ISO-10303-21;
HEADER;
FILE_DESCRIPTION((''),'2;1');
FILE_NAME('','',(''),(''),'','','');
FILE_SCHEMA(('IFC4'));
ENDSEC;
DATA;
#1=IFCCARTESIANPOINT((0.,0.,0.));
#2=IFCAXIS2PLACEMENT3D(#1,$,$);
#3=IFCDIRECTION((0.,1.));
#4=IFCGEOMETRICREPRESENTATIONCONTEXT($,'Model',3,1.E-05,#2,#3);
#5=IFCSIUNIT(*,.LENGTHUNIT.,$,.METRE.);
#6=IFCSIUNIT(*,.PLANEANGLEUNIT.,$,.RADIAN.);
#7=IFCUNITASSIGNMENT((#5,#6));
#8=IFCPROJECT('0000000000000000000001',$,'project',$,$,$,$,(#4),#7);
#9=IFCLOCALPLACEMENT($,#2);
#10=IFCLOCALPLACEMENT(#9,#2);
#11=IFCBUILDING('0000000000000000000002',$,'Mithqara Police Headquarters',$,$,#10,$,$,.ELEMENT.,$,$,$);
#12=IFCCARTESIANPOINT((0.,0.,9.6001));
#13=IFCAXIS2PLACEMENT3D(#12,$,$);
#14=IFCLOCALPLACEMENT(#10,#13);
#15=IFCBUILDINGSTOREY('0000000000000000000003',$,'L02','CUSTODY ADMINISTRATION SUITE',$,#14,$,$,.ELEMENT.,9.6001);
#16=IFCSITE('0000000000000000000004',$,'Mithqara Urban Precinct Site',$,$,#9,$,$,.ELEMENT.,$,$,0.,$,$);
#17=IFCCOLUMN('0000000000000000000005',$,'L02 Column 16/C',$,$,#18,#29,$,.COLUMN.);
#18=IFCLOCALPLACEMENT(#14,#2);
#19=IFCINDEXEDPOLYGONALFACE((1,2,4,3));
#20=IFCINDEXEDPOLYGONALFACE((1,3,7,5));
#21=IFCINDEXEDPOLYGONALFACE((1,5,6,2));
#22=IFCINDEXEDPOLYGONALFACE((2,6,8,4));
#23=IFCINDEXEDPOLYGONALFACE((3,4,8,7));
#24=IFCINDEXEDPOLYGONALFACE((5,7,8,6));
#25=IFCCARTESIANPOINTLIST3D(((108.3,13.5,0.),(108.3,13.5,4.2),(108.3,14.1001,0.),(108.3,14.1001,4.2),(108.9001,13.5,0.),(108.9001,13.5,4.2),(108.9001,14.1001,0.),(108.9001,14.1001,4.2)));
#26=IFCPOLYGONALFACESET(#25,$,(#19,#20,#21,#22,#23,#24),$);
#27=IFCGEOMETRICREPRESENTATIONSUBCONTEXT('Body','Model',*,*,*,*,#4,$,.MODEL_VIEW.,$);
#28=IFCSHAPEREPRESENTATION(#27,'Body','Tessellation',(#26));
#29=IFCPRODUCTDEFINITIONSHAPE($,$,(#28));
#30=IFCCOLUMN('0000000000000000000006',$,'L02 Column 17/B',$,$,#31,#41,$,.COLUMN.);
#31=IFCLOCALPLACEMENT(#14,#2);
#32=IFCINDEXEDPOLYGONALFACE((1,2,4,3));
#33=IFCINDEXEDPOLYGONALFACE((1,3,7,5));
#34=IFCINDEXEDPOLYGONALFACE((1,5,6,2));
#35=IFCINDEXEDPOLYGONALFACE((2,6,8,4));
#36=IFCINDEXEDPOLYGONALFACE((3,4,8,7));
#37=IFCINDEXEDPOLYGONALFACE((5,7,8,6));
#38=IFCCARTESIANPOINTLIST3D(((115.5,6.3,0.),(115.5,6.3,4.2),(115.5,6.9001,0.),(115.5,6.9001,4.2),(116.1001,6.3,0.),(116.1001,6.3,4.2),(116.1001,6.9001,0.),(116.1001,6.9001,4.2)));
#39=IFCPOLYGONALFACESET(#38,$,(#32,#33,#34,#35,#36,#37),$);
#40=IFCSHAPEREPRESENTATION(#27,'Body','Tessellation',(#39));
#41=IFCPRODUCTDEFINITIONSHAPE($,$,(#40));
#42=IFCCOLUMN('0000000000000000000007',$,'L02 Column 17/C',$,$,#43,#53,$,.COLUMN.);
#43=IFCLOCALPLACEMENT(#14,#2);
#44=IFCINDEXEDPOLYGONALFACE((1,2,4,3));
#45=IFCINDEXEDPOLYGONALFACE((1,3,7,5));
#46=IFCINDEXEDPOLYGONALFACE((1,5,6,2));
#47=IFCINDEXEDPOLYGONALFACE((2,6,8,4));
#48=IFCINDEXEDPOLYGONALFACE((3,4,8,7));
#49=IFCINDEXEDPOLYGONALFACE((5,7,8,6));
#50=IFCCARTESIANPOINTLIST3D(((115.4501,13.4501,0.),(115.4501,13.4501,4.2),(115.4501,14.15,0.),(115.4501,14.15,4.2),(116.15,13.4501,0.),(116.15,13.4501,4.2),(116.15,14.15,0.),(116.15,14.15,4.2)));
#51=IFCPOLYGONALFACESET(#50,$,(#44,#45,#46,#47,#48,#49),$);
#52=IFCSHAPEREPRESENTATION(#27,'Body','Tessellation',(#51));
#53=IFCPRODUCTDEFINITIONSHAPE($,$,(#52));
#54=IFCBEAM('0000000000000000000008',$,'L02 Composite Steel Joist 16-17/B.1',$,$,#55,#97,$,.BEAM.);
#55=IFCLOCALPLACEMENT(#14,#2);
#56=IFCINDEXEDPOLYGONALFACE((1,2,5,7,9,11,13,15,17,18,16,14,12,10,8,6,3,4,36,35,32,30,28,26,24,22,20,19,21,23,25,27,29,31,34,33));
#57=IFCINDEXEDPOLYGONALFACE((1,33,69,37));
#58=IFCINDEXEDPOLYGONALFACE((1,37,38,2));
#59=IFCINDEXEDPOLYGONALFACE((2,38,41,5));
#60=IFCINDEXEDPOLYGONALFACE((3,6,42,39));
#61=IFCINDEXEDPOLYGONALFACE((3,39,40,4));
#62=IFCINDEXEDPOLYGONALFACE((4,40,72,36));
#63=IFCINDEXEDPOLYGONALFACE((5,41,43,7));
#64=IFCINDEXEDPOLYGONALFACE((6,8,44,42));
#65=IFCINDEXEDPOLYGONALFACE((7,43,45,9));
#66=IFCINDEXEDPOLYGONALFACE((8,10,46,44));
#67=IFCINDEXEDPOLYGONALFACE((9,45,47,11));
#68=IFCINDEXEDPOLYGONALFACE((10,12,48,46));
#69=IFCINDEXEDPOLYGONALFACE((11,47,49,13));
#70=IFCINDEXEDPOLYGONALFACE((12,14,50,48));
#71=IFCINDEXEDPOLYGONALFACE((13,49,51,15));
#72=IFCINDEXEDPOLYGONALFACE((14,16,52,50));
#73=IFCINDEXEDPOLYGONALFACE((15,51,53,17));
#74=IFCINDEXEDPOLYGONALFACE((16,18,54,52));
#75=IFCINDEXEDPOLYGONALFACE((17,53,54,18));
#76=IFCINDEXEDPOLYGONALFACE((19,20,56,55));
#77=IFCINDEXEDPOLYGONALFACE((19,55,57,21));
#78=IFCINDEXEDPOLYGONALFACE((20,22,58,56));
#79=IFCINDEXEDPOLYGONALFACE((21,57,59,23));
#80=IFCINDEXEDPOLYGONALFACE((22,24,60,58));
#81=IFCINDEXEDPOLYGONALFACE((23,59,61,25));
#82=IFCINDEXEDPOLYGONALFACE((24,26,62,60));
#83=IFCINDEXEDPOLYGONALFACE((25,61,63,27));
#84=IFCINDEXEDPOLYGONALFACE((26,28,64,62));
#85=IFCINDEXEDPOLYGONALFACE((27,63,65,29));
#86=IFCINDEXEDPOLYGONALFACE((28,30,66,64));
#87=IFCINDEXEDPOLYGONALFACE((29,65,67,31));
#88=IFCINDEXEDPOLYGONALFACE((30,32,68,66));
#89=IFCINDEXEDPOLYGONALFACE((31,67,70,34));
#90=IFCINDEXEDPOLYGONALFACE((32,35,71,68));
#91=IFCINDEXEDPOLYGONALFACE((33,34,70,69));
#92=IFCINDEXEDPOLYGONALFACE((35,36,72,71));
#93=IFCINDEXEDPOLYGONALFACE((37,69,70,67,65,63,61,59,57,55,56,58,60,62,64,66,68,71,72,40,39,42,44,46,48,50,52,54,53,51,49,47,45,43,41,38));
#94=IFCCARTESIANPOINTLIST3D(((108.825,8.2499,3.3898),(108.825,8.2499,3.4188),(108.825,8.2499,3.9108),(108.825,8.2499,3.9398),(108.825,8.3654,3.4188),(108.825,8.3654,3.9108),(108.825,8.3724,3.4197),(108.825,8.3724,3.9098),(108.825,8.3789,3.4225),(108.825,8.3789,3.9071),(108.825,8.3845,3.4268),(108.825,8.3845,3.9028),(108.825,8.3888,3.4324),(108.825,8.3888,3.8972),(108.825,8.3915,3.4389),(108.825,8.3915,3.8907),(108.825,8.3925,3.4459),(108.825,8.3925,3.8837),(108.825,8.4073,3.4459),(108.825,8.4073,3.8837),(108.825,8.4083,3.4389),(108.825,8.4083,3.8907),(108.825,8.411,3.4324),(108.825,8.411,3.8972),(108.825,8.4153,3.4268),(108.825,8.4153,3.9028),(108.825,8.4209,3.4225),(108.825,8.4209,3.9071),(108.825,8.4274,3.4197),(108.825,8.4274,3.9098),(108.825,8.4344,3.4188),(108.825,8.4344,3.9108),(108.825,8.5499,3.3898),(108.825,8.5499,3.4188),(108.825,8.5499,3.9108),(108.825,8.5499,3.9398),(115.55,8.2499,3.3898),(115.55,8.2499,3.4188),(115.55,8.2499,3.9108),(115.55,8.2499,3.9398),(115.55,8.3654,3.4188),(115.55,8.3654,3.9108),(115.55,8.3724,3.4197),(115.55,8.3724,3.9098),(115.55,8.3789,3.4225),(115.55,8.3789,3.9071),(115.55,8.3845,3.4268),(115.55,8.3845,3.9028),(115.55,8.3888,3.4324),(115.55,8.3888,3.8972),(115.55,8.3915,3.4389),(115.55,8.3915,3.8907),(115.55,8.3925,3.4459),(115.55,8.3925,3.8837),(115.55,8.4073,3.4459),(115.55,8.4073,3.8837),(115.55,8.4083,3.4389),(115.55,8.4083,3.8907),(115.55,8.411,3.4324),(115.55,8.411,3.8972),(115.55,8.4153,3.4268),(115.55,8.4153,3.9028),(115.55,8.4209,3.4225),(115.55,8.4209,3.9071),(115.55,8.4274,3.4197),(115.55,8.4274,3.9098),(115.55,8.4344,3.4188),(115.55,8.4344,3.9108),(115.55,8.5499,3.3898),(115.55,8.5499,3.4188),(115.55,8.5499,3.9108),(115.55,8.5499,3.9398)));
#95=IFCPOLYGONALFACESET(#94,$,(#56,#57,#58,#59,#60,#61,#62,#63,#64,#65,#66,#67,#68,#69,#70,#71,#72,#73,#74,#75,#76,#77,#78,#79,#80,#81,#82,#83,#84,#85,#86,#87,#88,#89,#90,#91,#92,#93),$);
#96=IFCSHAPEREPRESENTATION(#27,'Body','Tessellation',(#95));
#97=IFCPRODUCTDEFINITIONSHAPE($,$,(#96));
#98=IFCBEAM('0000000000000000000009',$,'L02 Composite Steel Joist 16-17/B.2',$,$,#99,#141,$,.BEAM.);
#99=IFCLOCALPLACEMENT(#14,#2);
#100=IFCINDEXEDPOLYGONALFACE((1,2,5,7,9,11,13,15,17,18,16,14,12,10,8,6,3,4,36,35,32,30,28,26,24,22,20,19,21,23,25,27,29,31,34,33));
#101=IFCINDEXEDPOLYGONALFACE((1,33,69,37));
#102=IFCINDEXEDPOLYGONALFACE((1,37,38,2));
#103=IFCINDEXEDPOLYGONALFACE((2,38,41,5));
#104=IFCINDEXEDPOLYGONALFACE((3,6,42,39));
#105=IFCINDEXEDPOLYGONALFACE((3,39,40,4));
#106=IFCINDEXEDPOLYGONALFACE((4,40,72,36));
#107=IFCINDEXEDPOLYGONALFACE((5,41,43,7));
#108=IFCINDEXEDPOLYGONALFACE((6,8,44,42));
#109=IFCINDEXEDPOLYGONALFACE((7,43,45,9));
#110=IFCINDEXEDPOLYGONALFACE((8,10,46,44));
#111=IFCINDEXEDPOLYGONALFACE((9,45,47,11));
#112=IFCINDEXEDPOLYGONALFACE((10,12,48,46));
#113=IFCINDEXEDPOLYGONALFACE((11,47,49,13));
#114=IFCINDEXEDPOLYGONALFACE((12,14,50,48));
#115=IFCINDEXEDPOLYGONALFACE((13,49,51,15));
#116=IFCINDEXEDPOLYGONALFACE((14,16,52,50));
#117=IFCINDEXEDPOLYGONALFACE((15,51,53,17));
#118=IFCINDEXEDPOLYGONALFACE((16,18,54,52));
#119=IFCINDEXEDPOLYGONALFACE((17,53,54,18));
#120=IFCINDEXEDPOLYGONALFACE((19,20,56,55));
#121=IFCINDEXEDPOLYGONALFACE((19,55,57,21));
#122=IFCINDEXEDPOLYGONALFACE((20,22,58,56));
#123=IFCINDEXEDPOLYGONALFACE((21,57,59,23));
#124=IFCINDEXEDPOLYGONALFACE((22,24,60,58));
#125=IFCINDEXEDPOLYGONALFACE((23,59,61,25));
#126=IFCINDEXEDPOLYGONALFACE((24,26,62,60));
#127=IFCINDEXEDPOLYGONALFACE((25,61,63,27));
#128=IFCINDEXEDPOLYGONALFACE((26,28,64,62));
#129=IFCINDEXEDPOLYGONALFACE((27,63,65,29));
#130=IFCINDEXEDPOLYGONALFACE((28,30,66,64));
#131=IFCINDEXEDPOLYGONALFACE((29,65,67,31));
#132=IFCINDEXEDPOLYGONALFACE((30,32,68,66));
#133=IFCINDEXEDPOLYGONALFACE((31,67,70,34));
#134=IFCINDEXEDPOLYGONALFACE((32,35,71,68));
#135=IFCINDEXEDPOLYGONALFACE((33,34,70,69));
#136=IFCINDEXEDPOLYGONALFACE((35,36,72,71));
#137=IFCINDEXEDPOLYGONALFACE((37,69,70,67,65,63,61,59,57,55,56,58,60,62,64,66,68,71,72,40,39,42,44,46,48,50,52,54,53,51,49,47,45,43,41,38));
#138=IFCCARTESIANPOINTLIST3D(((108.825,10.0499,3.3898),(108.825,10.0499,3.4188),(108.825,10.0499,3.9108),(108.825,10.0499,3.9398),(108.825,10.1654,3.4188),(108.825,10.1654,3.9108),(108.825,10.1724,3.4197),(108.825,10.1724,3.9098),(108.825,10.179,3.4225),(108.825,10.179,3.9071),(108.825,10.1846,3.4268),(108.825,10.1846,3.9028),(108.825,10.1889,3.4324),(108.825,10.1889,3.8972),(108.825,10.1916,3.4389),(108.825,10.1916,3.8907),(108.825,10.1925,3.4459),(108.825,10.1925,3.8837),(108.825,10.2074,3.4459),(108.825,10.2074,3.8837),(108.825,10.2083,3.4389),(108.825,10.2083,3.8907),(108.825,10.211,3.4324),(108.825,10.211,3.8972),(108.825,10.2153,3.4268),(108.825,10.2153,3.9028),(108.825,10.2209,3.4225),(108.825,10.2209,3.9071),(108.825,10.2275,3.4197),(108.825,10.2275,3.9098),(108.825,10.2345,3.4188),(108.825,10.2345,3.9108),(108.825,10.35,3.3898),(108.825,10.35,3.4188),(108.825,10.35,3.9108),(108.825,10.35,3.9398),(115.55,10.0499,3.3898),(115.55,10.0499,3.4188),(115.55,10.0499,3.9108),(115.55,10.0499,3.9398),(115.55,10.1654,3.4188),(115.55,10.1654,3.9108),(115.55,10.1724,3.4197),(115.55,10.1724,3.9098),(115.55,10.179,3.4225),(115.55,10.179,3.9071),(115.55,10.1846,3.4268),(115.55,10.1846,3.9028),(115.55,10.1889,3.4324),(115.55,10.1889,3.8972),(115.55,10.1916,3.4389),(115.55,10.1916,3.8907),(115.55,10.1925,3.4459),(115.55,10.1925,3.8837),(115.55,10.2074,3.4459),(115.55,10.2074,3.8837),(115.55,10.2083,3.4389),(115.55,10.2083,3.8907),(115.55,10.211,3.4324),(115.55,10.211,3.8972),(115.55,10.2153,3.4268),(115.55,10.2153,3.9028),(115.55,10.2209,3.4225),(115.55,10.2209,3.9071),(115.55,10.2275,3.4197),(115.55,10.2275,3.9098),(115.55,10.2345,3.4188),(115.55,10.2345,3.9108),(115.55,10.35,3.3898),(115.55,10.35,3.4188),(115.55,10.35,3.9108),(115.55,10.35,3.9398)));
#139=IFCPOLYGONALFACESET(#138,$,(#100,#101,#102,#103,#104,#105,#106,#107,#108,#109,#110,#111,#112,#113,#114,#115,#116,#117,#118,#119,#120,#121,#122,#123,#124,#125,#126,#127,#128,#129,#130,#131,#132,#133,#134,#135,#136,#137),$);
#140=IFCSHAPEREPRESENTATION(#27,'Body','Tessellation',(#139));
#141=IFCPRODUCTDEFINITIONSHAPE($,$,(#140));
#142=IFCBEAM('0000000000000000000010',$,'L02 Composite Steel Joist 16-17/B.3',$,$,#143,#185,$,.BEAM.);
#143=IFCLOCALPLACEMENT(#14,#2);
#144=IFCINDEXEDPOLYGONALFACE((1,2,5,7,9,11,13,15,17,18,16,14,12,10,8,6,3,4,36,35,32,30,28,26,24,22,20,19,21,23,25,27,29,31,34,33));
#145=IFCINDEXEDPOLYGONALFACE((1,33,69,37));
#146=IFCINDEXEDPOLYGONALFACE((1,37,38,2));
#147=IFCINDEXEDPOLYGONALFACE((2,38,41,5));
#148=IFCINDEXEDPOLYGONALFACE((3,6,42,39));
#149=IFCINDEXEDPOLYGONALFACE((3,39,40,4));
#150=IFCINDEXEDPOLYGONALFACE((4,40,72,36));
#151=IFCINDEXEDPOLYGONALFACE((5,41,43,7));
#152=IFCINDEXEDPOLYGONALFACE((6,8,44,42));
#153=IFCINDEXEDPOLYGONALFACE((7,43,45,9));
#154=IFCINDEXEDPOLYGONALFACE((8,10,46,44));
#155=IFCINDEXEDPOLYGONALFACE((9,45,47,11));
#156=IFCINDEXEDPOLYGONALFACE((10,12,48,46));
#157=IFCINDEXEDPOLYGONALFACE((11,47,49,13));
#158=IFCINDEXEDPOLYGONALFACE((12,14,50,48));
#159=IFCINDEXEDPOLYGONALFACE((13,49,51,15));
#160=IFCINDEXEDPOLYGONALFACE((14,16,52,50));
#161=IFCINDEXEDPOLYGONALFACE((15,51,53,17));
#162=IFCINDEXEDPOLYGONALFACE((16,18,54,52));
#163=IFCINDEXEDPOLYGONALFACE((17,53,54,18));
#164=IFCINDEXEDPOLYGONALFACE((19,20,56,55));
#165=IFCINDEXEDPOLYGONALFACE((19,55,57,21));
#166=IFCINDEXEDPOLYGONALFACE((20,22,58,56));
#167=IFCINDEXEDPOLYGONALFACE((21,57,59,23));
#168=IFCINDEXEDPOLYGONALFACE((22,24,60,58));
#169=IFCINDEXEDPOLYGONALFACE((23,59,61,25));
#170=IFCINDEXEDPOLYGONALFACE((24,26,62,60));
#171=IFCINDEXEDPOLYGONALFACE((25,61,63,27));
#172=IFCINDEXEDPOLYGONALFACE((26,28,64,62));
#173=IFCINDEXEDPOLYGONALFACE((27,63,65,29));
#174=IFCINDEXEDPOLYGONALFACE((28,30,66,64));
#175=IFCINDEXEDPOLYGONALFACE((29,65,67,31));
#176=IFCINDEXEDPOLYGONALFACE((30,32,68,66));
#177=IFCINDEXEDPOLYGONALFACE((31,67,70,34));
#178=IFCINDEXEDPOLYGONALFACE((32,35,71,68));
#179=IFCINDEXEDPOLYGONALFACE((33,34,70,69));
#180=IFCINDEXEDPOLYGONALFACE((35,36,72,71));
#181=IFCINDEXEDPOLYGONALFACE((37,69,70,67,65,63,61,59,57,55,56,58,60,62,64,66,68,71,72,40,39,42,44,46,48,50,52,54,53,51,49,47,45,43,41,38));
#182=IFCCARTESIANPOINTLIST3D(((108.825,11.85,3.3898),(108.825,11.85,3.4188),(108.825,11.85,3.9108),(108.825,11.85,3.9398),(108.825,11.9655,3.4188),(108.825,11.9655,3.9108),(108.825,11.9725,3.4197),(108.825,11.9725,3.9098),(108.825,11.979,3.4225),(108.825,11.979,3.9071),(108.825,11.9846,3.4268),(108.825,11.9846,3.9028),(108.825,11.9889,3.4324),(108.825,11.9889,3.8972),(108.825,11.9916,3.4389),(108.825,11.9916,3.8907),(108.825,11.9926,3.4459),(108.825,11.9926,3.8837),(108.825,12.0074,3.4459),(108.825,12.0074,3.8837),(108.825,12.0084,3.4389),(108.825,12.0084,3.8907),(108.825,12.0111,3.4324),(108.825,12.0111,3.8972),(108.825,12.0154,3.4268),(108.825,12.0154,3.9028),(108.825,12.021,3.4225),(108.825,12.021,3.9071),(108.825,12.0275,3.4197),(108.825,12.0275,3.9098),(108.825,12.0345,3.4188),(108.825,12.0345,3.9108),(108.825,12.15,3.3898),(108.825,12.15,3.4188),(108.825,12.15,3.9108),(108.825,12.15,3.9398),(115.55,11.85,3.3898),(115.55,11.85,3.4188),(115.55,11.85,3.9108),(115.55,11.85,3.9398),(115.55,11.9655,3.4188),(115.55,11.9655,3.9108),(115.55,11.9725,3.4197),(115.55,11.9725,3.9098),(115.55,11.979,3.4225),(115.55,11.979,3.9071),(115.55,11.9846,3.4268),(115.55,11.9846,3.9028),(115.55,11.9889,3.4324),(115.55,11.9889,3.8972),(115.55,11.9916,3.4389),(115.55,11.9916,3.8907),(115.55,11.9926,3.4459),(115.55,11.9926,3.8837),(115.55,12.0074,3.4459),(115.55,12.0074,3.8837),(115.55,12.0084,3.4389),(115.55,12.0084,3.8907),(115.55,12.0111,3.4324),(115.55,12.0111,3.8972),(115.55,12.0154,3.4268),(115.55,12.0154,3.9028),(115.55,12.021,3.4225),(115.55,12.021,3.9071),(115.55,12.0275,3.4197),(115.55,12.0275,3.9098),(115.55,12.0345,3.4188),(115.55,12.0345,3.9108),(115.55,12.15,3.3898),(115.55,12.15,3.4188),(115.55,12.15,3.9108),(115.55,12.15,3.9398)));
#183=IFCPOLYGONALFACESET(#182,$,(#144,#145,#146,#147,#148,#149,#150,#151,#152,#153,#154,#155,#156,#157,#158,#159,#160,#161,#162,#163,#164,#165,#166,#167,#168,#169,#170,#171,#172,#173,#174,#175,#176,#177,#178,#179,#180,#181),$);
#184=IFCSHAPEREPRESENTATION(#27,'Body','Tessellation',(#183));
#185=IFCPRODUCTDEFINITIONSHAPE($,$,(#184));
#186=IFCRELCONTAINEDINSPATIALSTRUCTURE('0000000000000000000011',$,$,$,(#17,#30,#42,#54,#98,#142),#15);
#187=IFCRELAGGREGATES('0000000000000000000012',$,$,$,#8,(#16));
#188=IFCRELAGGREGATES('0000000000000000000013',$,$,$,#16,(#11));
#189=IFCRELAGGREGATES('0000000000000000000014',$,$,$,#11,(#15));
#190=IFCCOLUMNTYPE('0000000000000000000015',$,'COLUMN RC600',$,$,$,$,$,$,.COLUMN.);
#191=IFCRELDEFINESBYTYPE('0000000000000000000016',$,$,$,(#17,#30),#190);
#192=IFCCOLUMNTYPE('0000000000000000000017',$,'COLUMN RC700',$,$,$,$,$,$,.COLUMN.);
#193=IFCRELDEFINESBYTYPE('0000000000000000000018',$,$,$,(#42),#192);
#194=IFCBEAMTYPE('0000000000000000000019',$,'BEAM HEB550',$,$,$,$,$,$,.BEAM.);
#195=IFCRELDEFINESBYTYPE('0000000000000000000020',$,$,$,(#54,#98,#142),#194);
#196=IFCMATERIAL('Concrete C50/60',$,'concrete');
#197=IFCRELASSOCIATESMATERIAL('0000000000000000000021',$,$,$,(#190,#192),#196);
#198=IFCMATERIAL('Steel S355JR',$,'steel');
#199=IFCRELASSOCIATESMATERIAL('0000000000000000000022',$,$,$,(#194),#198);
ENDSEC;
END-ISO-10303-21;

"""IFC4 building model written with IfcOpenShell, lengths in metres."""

from ifc_helpers import new_model, si_unit, direction, frame, origin, origin_2d, place, context, subcontext, project, spatial, rectangle, i_section, extrude, material, material_profile, profile_set, type_object, element, save


model = new_model("IFC4")

# Units and contexts
model_context = context("Model", 3, precision=1e-05, world=origin(), true_north=direction((0.0, 1.0)))
body_context = subcontext(model_context, "Body", "Model", "MODEL_VIEW")
ifc_project = project(units=[si_unit("LENGTHUNIT", "METRE"), si_unit("PLANEANGLEUNIT", "RADIAN")], contexts=[model_context])

# Site, building, storey
site_placement = place(None, origin())
site = spatial("IfcSite", under=ifc_project, at=site_placement, Name="Mithqara Urban Precinct Site", CompositionType="ELEMENT", RefElevation=0.0)
building_placement = place(site_placement, origin())
building = spatial("IfcBuilding", under=site, at=building_placement, Name="Mithqara Police Headquarters", CompositionType="ELEMENT")
storey_placement = place(building_placement, frame((0.0, 0.0, 9.6001)))
storey = spatial("IfcBuildingStorey", under=building, at=storey_placement, Name="L02", Description="CUSTODY ADMINISTRATION SUITE", CompositionType="ELEMENT", Elevation=9.6001)

# Columns
ifc_material_1 = material(Name="Concrete C50/60", Category="concrete")
ifc_material_profile_1 = material_profile(ifc_material_1, rectangle(XDim=0.6001, YDim=0.6001, at=origin_2d()), Name="RC 600x600")
ifc_profile_set_1 = profile_set([ifc_material_profile_1], Name="Concrete C50/60")
column_type_1 = type_object("IfcColumnType", Name="COLUMN RC600", PredefinedType="COLUMN", material=ifc_profile_set_1)
for number, where, z_axis, x_axis, name in (
    (1, (108.6001, 13.8, 0.0), (0.0, 0.0, 1.0), (1.0, 0.0, 0.0), "L02 Column 16/C"),
    (2, (115.8, 6.6001, 0.0), (0.0, 0.0, 1.0), (1.0, 0.0, 0.0), "L02 Column 17/B"),
):
    element("IfcColumn", number, at=place(storey_placement, frame(where, z_axis=z_axis, x_axis=x_axis)), inside=storey, type_object=column_type_1, Name=name, PredefinedType="COLUMN", context=body_context, shape_type="SweptSolid", body=[
        extrude(rectangle(XDim=0.6001, YDim=0.6001, at=origin_2d()), origin(), (0.0, 0.0, 1.0), 4.2),
    ])
ifc_material_profile_2 = material_profile(ifc_material_1, rectangle(XDim=0.7, YDim=0.7, at=origin_2d()), Name="RC 700x700")
ifc_profile_set_2 = profile_set([ifc_material_profile_2], Name="Concrete C50/60")
column_type_2 = type_object("IfcColumnType", Name="COLUMN RC700", PredefinedType="COLUMN", material=ifc_profile_set_2)
column_placement = place(storey_placement, frame((115.8, 13.8, 0.0), z_axis=(0.0, 0.0, 1.0), x_axis=(1.0, 0.0, 0.0)))
element("IfcColumn", 3, at=column_placement, inside=storey, type_object=column_type_2, Name="L02 Column 17/C", PredefinedType="COLUMN", context=body_context, shape_type="SweptSolid", body=[
    extrude(rectangle(XDim=0.7, YDim=0.7, at=origin_2d()), origin(), (0.0, 0.0, 1.0), 4.2),
])

# Beams
ifc_material_2 = material(Name="Steel S355JR", Category="steel")
ifc_material_profile_3 = material_profile(ifc_material_2, i_section(OverallWidth=0.3, OverallDepth=0.55, WebThickness=0.0149, FlangeThickness=0.0291, FilletRadius=0.0271, at=origin_2d()), Name="HEB 550")
ifc_profile_set_3 = profile_set([ifc_material_profile_3], Name="Steel S355JR")
beam_type_1 = type_object("IfcBeamType", Name="BEAM HEB550", PredefinedType="BEAM", material=ifc_profile_set_3)
for number, where, z_axis, x_axis, name in (
    (4, (108.825, 8.3999, 3.6648), (1.0, 0.0, 0.0), (0.0, 1.0, 0.0), "L02 Composite Steel Joist 16-17/B.1"),
    (5, (108.825, 10.2, 3.6648), (1.0, 0.0, 0.0), (0.0, 1.0, 0.0), "L02 Composite Steel Joist 16-17/B.2"),
    (6, (108.825, 12.0, 3.6648), (1.0, 0.0, 0.0), (0.0, 1.0, 0.0), "L02 Composite Steel Joist 16-17/B.3"),
):
    element("IfcBeam", number, at=place(storey_placement, frame(where, z_axis=z_axis, x_axis=x_axis)), inside=storey, type_object=beam_type_1, Name=name, PredefinedType="BEAM", context=body_context, shape_type="SweptSolid", body=[
        extrude(i_section(OverallWidth=0.3, OverallDepth=0.55, WebThickness=0.0149, FlangeThickness=0.0291, FilletRadius=0.0271, at=origin_2d()), origin(), (0.0, 0.0, 1.0), 6.7251),
    ])

save(model, "model.ifc")
